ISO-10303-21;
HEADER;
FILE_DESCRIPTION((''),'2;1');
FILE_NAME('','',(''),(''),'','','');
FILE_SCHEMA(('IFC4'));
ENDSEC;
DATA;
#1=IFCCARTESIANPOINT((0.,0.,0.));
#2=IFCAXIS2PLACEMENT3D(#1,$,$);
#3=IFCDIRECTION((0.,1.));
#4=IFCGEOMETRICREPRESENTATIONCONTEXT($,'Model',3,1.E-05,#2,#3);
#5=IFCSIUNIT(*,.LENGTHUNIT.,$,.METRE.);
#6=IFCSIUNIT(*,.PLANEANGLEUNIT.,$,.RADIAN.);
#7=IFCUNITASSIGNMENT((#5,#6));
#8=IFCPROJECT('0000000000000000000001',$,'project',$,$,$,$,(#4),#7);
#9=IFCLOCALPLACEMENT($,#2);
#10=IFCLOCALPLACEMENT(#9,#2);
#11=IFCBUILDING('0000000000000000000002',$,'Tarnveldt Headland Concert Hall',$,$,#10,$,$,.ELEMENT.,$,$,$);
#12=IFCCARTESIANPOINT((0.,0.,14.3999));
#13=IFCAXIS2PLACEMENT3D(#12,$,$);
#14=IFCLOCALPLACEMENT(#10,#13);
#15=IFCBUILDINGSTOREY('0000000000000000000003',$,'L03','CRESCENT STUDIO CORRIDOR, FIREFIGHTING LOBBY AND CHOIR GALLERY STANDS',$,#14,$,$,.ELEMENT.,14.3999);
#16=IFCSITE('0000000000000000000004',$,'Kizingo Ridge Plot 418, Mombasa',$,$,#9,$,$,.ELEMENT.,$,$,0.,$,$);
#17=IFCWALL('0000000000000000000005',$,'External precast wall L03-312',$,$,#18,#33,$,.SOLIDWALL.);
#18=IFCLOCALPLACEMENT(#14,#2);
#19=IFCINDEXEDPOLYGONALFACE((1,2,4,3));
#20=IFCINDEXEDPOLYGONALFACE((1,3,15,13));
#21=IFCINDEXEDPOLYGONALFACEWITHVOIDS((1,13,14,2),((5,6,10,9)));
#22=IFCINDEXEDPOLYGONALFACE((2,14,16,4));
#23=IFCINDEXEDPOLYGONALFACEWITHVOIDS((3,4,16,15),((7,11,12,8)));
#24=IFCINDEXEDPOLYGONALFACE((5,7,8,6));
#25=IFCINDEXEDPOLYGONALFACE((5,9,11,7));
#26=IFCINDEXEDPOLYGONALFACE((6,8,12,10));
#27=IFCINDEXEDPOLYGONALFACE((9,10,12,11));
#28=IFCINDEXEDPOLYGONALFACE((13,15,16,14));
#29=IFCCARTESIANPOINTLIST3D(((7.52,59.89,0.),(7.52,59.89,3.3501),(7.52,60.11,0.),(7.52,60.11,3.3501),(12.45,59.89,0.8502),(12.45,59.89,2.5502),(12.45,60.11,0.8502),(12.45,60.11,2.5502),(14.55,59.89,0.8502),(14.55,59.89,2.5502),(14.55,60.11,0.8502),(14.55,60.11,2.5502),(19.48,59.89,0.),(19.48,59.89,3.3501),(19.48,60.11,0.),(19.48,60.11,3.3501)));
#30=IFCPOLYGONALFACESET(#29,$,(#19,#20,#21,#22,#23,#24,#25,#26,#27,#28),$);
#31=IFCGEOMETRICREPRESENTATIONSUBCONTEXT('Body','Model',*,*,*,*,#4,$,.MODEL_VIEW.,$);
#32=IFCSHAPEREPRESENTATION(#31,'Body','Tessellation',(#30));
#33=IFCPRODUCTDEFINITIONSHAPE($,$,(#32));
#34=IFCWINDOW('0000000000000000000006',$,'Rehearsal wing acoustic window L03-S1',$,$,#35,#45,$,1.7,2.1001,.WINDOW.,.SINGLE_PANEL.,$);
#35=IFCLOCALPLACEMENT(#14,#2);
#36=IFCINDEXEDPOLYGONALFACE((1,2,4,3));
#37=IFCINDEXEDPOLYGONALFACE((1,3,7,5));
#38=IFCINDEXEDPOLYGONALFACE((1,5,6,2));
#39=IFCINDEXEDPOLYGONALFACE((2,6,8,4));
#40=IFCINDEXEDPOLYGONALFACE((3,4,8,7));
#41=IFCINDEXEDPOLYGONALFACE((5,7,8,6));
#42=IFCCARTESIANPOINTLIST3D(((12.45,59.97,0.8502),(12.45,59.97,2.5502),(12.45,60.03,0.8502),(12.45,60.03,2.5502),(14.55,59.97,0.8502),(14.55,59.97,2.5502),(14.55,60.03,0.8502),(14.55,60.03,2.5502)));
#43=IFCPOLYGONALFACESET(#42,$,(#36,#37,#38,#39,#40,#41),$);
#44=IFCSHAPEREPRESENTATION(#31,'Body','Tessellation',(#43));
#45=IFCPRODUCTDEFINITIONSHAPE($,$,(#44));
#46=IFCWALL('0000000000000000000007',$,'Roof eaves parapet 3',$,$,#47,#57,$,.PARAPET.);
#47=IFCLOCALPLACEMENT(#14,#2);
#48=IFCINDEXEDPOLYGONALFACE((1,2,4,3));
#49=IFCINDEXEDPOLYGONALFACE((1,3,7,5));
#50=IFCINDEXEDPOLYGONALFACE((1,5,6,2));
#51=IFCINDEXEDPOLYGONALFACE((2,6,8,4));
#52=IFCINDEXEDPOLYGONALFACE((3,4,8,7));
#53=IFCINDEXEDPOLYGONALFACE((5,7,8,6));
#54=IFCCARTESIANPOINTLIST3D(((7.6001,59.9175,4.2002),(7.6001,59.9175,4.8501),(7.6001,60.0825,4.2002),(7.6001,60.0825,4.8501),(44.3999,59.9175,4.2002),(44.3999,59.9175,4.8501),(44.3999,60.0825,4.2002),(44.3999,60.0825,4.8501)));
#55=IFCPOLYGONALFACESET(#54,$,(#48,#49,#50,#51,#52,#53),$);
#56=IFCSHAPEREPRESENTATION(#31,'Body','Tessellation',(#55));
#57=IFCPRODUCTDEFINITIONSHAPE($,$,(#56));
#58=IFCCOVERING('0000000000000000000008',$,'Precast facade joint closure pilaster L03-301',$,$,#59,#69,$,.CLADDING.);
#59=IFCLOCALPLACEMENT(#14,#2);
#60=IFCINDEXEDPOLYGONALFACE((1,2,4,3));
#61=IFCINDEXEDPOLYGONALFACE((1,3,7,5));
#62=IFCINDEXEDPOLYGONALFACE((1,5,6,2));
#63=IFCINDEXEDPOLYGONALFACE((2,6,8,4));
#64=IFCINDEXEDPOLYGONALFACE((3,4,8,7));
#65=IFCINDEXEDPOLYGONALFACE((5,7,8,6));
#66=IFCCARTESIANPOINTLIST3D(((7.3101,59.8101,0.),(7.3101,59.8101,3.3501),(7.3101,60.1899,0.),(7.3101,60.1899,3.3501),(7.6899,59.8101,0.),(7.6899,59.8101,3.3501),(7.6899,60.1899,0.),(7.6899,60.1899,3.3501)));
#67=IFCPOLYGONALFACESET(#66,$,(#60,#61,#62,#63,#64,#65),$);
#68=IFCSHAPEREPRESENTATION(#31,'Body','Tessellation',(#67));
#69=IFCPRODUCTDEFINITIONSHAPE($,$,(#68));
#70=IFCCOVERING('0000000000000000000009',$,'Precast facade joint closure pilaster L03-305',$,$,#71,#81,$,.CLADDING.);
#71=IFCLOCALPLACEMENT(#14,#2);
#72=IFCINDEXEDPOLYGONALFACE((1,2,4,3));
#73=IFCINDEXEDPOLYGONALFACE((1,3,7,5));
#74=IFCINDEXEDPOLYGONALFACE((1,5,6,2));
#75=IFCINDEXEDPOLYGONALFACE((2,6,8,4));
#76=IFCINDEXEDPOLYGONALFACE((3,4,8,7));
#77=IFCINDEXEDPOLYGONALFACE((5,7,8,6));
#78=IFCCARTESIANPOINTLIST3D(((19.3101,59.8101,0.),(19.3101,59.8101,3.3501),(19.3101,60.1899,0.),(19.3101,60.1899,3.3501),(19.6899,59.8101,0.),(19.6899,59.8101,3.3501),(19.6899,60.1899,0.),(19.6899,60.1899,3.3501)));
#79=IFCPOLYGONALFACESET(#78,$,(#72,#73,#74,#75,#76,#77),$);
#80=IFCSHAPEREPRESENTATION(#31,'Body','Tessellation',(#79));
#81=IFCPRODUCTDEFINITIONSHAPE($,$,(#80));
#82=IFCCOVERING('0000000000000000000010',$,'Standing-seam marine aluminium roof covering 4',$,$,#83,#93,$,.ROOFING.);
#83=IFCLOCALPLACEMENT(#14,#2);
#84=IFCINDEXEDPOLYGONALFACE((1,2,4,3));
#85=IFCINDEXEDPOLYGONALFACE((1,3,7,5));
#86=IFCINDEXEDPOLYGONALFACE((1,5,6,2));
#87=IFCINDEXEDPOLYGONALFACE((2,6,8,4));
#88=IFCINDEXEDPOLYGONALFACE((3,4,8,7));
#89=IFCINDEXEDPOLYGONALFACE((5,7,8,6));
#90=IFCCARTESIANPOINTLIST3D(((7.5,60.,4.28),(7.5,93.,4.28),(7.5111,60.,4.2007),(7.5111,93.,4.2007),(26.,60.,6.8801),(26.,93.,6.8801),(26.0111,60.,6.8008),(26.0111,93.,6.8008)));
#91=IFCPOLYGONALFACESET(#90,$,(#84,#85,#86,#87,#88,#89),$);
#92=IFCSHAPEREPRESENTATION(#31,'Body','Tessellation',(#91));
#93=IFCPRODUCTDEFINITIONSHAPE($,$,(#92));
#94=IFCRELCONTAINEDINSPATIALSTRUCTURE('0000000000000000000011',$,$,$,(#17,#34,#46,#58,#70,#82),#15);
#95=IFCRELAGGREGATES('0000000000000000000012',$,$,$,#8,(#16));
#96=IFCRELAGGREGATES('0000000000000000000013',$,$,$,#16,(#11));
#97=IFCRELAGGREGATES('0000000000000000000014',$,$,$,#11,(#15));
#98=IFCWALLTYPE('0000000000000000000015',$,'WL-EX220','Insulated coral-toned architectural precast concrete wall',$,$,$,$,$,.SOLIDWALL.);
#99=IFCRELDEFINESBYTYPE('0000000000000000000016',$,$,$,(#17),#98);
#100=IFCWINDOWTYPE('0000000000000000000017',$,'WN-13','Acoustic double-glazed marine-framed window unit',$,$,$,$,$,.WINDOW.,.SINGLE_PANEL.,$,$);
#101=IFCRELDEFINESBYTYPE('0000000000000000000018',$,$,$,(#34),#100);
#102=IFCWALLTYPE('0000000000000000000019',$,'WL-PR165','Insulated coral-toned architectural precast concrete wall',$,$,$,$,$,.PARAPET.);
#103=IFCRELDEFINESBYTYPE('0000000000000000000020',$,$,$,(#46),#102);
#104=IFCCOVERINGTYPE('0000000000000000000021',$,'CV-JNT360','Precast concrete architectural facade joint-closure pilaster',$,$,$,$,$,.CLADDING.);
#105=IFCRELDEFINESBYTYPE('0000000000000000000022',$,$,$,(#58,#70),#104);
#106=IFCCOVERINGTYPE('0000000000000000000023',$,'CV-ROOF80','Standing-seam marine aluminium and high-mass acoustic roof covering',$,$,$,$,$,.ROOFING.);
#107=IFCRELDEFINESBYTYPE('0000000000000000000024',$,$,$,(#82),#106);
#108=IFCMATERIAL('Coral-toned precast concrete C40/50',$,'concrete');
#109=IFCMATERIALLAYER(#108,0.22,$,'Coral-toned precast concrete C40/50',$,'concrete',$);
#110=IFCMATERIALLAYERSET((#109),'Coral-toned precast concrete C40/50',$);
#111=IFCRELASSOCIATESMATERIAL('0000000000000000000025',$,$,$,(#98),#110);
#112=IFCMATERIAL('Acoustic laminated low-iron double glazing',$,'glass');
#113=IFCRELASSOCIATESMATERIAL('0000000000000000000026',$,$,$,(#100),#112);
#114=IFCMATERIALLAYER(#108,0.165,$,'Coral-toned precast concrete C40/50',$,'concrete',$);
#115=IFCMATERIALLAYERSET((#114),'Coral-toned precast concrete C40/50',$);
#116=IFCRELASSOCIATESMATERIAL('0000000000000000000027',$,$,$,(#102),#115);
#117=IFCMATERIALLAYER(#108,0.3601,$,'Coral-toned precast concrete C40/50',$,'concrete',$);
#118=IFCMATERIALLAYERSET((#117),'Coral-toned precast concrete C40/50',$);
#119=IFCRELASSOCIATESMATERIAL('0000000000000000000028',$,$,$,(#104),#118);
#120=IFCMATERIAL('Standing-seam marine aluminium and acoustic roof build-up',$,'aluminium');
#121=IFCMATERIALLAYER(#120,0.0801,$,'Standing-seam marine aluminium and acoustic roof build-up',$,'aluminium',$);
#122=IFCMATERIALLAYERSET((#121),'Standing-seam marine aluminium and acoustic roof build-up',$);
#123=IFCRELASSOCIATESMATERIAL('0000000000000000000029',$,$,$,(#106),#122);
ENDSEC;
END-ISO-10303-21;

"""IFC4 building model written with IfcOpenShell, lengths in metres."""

from ifc_helpers import new_model, si_unit, direction, frame, frame_2d, origin, origin_2d, place, context, subcontext, project, spatial, polyline, rectangle, outline, extrude, material, layer, layer_set, type_object, element, fill, save


model = new_model("IFC4")

# Units and contexts
model_context = context("Model", 3, precision=1e-05, world=origin(), true_north=direction((0.0, 1.0)))
body_context = subcontext(model_context, "Body", "Model", "MODEL_VIEW")
ifc_project = project(units=[si_unit("LENGTHUNIT", "METRE"), si_unit("PLANEANGLEUNIT", "RADIAN")], contexts=[model_context])

# Site, building, storey
site_placement = place(None, origin())
site = spatial("IfcSite", under=ifc_project, at=site_placement, Name="Kizingo Ridge Plot 418, Mombasa", CompositionType="ELEMENT", RefElevation=0.0)
building_placement = place(site_placement, origin())
building = spatial("IfcBuilding", under=site, at=building_placement, Name="Tarnveldt Headland Concert Hall", CompositionType="ELEMENT")
storey_placement = place(building_placement, frame((0.0, 0.0, 14.3999)))
storey = spatial("IfcBuildingStorey", under=building, at=storey_placement, Name="L03", Description="CRESCENT STUDIO CORRIDOR, FIREFIGHTING LOBBY AND CHOIR GALLERY STANDS", CompositionType="ELEMENT", Elevation=14.3999)

# Wall, opening, window
ifc_material_1 = material(Name="Coral-toned precast concrete C40/50", Category="concrete")
ifc_layer_1 = layer(ifc_material_1, 0.22, Name="Coral-toned precast concrete C40/50", Category="concrete")
ifc_layer_set_1 = layer_set([ifc_layer_1], Name="Coral-toned precast concrete C40/50")
wall_type_1 = type_object("IfcWallType", Name="WL-EX220", Description="Insulated coral-toned architectural precast concrete wall", PredefinedType="SOLIDWALL", material=ifc_layer_set_1)
wall_1_placement = place(storey_placement, frame((19.48, 60.0, 0.0), z_axis=(0.0, 0.0, 1.0), x_axis=(-1.0, 0.0, 0.0)))
wall_1 = element("IfcWall", 1, at=wall_1_placement, inside=storey, type_object=wall_type_1, Name="External precast wall L03-312", PredefinedType="SOLIDWALL", context=body_context, shape_type="SweptSolid", body=[
    extrude(rectangle(XDim=11.96, YDim=0.22, at=frame_2d((5.98, 0.0))), origin(), (0.0, 0.0, 1.0), 3.3501),
])
opening_placement = place(wall_1_placement, frame((4.9299, 0.0, 0.8501)))
opening = element("IfcOpeningElement", 2, at=opening_placement, cuts=wall_1, PredefinedType="OPENING", context=body_context, shape_type="SweptSolid", body=[
    extrude(rectangle(XDim=2.1001, YDim=1.7, at=frame_2d((1.05, 0.8501))), frame((0.0, 0.1199, 0.0), z_axis=(0.0, -1.0, 0.0), x_axis=(1.0, 0.0, 0.0)), (0.0, 0.0, 1.0), 0.24),
])
ifc_material_2 = material(Name="Acoustic laminated low-iron double glazing", Category="glass")
window_type = type_object("IfcWindowType", Name="WN-13", Description="Acoustic double-glazed marine-framed window unit", PartitioningType="SINGLE_PANEL", PredefinedType="WINDOW", material=ifc_material_2)
window_placement = place(opening_placement, origin())
window = element("IfcWindow", 3, at=window_placement, inside=storey, type_object=window_type, Name="Rehearsal wing acoustic window L03-S1", OverallHeight=1.7, OverallWidth=2.1001, PartitioningType="SINGLE_PANEL", PredefinedType="WINDOW", context=body_context, shape_type="SweptSolid", body=[
    extrude(rectangle(XDim=2.1001, YDim=1.7, at=frame_2d((1.05, 0.8501))), frame((0.0, 0.03, 0.0), z_axis=(0.0, -1.0, 0.0), x_axis=(1.0, 0.0, 0.0)), (0.0, 0.0, 1.0), 0.0601),
])
fill(opening, window)

# Wall
ifc_layer_2 = layer(ifc_material_1, 0.165, Name="Coral-toned precast concrete C40/50", Category="concrete")
ifc_layer_set_2 = layer_set([ifc_layer_2], Name="Coral-toned precast concrete C40/50")
wall_type_2 = type_object("IfcWallType", Name="WL-PR165", Description="Insulated coral-toned architectural precast concrete wall", PredefinedType="PARAPET", material=ifc_layer_set_2)
wall_2_placement = place(storey_placement, frame((7.6001, 60.0, 4.2002), z_axis=(0.0, 0.0, 1.0), x_axis=(1.0, 0.0, 0.0)))
element("IfcWall", 4, at=wall_2_placement, inside=storey, type_object=wall_type_2, Name="Roof eaves parapet 3", PredefinedType="PARAPET", context=body_context, shape_type="SweptSolid", body=[
    extrude(rectangle(XDim=36.7998, YDim=0.165, at=frame_2d((18.3999, 0.0))), origin(), (0.0, 0.0, 1.0), 0.6499),
])

# Coverings
ifc_layer_3 = layer(ifc_material_1, 0.3601, Name="Coral-toned precast concrete C40/50", Category="concrete")
ifc_layer_set_3 = layer_set([ifc_layer_3], Name="Coral-toned precast concrete C40/50")
covering_type_1 = type_object("IfcCoveringType", Name="CV-JNT360", Description="Precast concrete architectural facade joint-closure pilaster", PredefinedType="CLADDING", material=ifc_layer_set_3)
for number, where, z_axis, x_axis, name in (
    (5, (7.5, 60.0, 0.0), (0.0, 0.0, 1.0), (-1.0, 0.0, 0.0), "Precast facade joint closure pilaster L03-301"),
    (6, (19.5, 60.0, 0.0), (0.0, 0.0, 1.0), (-1.0, 0.0, 0.0), "Precast facade joint closure pilaster L03-305"),
):
    element("IfcCovering", number, at=place(storey_placement, frame(where, z_axis=z_axis, x_axis=x_axis)), inside=storey, type_object=covering_type_1, Name=name, PredefinedType="CLADDING", context=body_context, shape_type="SweptSolid", body=[
        extrude(rectangle(XDim=0.3799, YDim=0.3799, at=origin_2d()), origin(), (0.0, 0.0, 1.0), 3.3501),
    ])
ifc_material_3 = material(Name="Standing-seam marine aluminium and acoustic roof build-up", Category="aluminium")
ifc_layer_4 = layer(ifc_material_3, 0.0801, Name="Standing-seam marine aluminium and acoustic roof build-up", Category="aluminium")
ifc_layer_set_4 = layer_set([ifc_layer_4], Name="Standing-seam marine aluminium and acoustic roof build-up")
covering_type_2 = type_object("IfcCoveringType", Name="CV-ROOF80", Description="Standing-seam marine aluminium and high-mass acoustic roof covering", PredefinedType="ROOFING", material=ifc_layer_set_4)
covering_placement = place(storey_placement, frame((7.5, 60.0, 4.28), z_axis=(-0.139178, 0.0, 0.990267), x_axis=(0.990267, 0.0, 0.139178)))
element("IfcCovering", 7, at=covering_placement, inside=storey, type_object=covering_type_2, Name="Standing-seam marine aluminium roof covering 4", PredefinedType="ROOFING", context=body_context, shape_type="SweptSolid", body=[
    extrude(outline(polyline([(0.0, 0.0), (18.6818, 0.0), (18.6818, 33.0), (0.0, 33.0), (0.0, 0.0)])), origin(), (0.0, 0.0, -1.0), 0.0801),
])

save(model, "model.ifc")
